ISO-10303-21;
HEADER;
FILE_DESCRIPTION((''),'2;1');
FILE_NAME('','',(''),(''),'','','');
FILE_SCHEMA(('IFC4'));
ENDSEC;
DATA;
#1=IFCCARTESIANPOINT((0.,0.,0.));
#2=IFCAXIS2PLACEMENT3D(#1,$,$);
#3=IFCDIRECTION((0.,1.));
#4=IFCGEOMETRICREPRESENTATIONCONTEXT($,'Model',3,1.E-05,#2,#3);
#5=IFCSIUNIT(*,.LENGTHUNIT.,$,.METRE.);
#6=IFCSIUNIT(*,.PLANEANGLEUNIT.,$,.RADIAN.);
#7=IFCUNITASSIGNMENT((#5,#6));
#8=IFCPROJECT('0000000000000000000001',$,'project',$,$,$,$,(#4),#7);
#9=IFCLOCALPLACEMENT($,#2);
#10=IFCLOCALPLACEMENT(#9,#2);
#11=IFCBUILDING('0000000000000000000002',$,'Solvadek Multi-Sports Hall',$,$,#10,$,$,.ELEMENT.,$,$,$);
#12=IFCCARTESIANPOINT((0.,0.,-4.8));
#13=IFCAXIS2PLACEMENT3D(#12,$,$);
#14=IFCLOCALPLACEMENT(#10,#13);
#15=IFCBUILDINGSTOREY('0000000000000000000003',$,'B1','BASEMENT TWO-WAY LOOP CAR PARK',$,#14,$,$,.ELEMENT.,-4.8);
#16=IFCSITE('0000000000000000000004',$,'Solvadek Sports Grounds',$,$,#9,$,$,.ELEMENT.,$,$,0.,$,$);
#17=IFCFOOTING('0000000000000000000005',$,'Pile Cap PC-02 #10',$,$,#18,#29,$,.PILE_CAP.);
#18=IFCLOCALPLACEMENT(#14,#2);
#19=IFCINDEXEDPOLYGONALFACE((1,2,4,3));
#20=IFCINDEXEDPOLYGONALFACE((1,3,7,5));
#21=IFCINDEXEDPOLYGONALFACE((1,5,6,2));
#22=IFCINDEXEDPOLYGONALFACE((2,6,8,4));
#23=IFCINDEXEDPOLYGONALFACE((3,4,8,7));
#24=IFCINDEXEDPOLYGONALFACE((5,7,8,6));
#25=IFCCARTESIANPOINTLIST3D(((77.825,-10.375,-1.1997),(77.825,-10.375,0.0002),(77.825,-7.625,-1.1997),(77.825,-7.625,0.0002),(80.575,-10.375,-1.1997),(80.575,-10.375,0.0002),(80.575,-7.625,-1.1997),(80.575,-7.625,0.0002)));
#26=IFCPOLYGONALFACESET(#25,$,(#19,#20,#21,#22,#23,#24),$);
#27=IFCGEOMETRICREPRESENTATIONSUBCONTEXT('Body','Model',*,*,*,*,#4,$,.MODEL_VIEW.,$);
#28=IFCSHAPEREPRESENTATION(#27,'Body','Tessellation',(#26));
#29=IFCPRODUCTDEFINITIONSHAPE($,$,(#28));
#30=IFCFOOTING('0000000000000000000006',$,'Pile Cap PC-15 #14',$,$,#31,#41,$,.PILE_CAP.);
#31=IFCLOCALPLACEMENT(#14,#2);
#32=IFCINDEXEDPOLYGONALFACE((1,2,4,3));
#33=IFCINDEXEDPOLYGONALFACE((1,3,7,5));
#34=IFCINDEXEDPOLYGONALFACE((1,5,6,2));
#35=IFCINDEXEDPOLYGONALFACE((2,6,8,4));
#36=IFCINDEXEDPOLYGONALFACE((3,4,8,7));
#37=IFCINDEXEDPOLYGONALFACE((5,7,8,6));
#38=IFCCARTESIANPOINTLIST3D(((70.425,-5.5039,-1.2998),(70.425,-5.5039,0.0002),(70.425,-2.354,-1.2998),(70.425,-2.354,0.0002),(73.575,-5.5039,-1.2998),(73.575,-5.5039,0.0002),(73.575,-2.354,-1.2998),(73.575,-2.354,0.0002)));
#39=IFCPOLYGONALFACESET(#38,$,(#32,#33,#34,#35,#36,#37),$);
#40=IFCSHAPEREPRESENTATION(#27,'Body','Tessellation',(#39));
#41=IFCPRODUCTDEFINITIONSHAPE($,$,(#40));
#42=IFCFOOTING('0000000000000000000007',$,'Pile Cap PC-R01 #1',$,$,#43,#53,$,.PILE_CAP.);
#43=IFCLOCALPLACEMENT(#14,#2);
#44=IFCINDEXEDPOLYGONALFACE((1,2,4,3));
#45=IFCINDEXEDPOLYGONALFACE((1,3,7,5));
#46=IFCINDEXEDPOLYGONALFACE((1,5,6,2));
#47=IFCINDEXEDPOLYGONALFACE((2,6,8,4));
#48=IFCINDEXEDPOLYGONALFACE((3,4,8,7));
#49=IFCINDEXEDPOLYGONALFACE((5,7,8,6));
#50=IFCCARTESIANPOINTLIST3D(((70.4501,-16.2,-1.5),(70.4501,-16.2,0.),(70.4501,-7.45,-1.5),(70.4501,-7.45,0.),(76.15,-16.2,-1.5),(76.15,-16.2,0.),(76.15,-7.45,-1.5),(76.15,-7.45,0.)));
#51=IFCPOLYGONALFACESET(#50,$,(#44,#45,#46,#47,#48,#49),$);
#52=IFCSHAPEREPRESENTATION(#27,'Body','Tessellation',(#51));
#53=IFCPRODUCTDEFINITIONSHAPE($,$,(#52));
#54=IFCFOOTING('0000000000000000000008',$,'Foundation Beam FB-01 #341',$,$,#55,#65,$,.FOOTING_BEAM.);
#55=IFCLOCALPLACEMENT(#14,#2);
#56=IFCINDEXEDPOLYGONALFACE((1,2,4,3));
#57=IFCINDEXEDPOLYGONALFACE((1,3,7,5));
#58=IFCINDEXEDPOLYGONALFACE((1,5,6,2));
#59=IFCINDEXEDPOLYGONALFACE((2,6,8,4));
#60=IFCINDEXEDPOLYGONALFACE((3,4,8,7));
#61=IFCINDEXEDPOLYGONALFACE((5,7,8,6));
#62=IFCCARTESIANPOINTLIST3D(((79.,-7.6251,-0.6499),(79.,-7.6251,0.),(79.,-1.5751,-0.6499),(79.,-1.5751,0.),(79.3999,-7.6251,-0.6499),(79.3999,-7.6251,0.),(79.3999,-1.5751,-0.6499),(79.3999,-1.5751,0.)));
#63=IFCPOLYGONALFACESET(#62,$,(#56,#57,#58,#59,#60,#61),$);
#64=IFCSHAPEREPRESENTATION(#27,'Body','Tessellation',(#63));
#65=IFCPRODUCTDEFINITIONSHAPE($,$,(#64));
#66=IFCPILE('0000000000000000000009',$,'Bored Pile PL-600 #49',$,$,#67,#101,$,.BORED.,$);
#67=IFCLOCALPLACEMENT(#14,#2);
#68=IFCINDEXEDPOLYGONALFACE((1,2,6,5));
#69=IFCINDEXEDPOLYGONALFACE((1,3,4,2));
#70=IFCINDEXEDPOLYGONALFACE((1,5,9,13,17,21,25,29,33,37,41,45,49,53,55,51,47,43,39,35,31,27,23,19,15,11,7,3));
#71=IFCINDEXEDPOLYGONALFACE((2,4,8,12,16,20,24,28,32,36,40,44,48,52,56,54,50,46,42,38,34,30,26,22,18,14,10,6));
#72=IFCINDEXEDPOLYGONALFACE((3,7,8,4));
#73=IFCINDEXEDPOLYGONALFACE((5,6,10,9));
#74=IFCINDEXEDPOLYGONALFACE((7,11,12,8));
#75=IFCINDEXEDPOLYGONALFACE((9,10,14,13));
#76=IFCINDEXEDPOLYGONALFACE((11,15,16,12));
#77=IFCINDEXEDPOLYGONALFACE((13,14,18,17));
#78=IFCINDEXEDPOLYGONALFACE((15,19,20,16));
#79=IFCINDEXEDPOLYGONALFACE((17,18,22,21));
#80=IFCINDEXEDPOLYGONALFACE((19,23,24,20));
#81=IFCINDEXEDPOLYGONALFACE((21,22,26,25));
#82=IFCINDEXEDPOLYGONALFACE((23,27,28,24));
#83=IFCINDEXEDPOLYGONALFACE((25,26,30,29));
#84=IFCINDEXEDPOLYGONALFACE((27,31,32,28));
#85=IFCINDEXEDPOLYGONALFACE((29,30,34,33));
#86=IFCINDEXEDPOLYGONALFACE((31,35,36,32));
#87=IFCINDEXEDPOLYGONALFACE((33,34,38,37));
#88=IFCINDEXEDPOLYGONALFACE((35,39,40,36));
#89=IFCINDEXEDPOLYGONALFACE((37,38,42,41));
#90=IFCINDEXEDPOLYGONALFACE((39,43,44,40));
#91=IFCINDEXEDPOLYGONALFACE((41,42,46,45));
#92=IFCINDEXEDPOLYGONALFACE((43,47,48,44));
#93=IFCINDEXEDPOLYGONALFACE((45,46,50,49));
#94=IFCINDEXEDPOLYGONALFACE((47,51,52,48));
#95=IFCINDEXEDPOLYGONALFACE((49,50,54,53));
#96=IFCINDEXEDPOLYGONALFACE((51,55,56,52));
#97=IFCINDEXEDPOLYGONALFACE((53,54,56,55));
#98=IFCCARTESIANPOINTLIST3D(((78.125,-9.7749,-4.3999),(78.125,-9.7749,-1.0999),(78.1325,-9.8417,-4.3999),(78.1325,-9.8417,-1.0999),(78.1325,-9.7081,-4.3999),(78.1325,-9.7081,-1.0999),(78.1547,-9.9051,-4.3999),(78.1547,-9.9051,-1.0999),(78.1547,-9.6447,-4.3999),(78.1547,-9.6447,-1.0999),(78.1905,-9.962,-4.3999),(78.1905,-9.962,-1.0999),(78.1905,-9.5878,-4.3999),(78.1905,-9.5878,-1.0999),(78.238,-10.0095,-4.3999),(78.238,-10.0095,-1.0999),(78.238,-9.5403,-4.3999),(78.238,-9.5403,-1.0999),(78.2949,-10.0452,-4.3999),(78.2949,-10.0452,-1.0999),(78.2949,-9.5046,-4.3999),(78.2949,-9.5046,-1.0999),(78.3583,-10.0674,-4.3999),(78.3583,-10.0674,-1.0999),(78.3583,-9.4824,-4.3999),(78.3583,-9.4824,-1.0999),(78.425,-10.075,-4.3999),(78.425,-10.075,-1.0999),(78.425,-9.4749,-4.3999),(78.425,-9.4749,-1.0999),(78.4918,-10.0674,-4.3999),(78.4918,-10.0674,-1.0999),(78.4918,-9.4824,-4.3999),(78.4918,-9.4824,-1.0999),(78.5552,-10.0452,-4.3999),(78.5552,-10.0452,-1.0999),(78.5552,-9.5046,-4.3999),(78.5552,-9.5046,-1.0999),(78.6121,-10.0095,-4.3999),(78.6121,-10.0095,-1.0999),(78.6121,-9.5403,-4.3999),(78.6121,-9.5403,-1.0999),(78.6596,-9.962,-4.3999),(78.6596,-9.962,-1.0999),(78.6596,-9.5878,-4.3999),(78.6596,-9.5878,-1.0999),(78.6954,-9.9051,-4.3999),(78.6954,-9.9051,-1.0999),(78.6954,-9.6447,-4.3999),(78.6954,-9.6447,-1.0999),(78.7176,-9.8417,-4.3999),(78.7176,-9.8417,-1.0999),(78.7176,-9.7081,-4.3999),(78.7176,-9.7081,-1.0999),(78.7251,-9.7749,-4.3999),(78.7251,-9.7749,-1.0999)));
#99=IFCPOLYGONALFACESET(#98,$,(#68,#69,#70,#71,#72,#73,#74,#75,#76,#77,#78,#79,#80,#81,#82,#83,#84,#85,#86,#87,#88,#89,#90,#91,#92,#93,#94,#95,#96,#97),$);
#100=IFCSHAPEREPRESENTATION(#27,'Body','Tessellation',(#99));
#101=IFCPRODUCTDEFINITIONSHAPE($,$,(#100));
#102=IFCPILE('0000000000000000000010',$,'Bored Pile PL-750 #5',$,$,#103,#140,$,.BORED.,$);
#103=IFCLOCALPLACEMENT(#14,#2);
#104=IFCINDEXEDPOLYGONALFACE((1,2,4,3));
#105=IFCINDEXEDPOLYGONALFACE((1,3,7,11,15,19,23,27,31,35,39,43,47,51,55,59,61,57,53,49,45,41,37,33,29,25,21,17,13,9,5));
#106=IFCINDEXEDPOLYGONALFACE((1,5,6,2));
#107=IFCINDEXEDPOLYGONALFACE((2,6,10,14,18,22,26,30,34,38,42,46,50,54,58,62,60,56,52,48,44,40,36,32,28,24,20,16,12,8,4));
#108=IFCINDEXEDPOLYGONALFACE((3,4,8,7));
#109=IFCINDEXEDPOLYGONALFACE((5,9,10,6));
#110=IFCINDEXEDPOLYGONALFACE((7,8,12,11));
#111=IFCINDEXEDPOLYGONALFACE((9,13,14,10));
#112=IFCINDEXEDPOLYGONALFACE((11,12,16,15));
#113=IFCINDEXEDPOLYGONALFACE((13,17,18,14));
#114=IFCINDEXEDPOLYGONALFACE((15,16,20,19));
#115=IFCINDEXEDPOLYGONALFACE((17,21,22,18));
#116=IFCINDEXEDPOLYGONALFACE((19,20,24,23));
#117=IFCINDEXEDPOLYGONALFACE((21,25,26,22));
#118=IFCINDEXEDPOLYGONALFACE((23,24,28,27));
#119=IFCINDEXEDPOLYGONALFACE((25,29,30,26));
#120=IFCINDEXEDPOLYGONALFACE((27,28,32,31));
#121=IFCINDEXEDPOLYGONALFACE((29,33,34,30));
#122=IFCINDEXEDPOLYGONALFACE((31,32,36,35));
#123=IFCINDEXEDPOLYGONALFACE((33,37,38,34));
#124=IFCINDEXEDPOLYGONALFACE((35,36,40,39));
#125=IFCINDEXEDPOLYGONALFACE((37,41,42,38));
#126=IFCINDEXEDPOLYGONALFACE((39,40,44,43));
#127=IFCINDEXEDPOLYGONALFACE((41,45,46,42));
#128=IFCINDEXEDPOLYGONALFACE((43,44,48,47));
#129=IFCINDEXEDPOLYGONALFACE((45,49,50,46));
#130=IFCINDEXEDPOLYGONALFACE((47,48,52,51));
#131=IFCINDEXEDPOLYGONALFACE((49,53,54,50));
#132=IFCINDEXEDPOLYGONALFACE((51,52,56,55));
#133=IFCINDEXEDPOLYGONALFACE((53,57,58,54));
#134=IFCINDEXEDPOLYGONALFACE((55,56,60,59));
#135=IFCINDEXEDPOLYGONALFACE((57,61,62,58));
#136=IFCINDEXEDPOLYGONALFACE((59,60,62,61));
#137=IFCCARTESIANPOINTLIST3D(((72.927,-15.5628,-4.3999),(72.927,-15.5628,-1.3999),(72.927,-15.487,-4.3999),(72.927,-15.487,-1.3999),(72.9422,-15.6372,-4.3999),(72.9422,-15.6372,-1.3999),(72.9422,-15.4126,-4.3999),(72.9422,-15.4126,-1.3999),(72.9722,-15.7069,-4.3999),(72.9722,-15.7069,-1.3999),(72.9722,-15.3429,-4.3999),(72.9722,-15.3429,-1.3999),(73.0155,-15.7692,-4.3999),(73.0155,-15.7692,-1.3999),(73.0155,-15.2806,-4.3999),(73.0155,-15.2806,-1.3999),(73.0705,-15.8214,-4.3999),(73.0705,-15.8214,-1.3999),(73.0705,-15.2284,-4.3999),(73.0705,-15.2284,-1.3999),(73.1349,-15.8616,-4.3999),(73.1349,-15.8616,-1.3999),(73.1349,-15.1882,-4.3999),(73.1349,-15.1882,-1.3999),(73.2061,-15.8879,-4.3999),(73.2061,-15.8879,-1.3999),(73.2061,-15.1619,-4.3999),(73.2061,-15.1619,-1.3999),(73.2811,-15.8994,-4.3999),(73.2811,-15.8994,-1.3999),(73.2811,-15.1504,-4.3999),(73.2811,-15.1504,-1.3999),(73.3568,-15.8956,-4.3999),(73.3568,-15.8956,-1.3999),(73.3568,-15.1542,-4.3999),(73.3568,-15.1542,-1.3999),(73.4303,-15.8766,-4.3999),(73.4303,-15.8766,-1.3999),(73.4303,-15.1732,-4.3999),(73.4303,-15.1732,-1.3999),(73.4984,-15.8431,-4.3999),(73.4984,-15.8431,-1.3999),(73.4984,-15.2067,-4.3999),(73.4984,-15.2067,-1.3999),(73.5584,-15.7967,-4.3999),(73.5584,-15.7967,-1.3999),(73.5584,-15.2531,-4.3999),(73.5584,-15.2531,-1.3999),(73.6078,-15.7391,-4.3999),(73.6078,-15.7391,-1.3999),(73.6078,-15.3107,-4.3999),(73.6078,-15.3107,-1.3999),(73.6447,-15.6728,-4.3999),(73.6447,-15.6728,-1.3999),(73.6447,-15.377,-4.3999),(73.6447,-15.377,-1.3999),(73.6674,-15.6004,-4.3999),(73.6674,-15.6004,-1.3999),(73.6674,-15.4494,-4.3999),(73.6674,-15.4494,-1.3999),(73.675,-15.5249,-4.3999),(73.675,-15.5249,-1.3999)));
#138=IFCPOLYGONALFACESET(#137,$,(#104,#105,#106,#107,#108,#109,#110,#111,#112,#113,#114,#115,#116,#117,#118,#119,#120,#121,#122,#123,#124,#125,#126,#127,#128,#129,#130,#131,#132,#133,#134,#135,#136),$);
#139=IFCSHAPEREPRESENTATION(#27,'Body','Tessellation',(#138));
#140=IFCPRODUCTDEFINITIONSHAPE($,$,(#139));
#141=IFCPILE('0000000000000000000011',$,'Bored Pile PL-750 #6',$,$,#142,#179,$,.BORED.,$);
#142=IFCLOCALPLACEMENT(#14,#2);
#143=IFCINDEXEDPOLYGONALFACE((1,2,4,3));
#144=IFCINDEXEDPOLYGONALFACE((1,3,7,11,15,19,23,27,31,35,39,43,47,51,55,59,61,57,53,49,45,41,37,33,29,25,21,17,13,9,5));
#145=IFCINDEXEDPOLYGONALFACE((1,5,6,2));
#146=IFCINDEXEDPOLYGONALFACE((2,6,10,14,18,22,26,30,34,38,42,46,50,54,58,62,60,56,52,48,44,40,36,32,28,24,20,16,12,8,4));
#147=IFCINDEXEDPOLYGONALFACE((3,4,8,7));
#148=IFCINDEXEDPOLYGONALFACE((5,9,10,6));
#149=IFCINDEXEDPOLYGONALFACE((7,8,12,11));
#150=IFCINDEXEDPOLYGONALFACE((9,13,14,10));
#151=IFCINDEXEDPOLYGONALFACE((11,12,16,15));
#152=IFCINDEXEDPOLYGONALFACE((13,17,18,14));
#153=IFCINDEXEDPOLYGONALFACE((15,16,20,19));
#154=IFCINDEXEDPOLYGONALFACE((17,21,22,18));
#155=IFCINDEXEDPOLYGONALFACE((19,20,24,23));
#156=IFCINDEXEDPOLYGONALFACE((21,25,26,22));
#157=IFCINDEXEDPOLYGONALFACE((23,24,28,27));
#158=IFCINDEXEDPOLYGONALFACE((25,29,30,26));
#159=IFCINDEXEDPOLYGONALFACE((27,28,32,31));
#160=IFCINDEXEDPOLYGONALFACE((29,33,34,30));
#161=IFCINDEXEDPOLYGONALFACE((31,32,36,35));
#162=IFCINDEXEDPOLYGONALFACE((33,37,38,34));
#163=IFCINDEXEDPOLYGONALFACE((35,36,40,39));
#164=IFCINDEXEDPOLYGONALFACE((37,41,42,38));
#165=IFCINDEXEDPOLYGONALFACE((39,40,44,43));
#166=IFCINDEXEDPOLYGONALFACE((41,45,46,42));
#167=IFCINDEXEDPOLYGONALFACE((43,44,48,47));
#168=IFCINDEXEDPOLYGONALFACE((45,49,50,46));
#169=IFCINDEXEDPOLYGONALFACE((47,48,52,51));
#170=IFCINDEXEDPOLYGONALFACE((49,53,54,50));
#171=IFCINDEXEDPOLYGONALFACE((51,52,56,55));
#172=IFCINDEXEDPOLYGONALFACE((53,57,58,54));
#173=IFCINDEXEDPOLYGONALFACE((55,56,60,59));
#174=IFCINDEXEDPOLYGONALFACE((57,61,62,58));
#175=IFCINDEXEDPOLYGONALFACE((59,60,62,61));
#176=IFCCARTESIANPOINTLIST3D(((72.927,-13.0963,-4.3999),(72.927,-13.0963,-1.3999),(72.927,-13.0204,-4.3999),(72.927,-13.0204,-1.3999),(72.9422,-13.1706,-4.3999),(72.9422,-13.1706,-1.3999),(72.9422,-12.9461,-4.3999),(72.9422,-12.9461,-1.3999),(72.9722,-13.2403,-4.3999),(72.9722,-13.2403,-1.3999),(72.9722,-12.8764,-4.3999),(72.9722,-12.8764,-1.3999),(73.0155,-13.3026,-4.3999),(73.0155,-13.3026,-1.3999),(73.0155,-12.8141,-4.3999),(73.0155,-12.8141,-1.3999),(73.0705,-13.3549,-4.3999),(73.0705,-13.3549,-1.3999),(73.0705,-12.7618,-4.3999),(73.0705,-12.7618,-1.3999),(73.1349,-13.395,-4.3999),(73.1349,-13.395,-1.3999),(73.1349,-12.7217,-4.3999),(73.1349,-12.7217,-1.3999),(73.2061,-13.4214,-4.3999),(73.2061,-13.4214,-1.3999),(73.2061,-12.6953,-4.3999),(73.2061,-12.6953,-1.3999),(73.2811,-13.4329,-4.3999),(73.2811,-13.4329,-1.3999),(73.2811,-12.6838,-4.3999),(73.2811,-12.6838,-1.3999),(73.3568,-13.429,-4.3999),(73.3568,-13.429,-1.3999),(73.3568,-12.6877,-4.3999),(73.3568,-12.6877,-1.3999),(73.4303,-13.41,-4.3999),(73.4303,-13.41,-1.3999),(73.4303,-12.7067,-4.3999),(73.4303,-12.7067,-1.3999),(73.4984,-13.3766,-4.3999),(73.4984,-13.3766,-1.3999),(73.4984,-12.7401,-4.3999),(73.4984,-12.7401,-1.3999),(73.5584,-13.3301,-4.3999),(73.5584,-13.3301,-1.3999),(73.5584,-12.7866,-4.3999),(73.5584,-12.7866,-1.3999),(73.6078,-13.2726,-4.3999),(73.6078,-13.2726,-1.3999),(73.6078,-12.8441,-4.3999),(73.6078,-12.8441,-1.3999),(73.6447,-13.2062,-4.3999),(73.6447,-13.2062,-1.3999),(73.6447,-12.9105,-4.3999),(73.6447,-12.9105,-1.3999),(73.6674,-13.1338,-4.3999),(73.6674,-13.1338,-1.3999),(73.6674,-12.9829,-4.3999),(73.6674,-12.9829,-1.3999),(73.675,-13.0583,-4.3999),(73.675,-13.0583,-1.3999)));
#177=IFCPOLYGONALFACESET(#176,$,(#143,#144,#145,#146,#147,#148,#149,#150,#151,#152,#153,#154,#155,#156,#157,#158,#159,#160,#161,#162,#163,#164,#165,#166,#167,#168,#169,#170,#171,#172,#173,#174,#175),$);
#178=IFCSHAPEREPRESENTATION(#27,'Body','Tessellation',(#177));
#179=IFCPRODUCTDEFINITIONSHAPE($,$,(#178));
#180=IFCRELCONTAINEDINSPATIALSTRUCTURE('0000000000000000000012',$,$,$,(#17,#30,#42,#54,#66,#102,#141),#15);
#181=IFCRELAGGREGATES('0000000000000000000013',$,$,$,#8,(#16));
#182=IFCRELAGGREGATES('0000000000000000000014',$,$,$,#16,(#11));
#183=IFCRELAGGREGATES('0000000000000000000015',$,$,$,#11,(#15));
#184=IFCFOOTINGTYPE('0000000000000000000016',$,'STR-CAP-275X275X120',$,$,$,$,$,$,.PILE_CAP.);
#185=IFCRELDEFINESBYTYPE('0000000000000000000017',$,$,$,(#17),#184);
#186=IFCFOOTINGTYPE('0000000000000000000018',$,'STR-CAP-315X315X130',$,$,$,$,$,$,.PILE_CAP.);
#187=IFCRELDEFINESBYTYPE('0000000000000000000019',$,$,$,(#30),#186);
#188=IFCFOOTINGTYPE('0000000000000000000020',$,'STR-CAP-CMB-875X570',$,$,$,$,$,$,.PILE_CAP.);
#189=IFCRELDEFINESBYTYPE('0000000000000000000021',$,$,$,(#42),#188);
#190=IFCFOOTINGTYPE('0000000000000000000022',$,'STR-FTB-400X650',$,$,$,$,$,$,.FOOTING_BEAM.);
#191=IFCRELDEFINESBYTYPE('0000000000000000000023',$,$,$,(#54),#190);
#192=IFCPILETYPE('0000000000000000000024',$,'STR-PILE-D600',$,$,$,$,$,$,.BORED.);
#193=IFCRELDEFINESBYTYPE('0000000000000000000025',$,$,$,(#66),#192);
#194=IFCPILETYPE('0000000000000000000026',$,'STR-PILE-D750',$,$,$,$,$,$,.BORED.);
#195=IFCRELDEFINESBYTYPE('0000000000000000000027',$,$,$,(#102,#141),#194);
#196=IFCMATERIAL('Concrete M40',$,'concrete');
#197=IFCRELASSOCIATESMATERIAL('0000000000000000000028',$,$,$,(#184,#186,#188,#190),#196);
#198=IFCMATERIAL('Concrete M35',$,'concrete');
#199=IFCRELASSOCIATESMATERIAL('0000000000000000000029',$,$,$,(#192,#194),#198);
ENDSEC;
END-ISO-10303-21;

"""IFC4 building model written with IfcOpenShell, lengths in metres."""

from ifc_helpers import new_model, si_unit, direction, frame, origin, origin_2d, place, context, subcontext, project, spatial, rectangle, circle, extrude, material, material_profile, profile_set, type_object, element, save


model = new_model("IFC4")

# Units and contexts
model_context = context("Model", 3, precision=1e-05, world=origin(), true_north=direction((0.0, 1.0)))
body_context = subcontext(model_context, "Body", "Model", "MODEL_VIEW")
ifc_project = project(units=[si_unit("LENGTHUNIT", "METRE"), si_unit("PLANEANGLEUNIT", "RADIAN")], contexts=[model_context])

# Site, building, storey
site_placement = place(None, origin())
site = spatial("IfcSite", under=ifc_project, at=site_placement, Name="Solvadek Sports Grounds", CompositionType="ELEMENT", RefElevation=0.0)
building_placement = place(site_placement, origin())
building = spatial("IfcBuilding", under=site, at=building_placement, Name="Solvadek Multi-Sports Hall", CompositionType="ELEMENT")
storey_placement = place(building_placement, frame((0.0, 0.0, -4.8)))
storey = spatial("IfcBuildingStorey", under=building, at=storey_placement, Name="B1", Description="BASEMENT TWO-WAY LOOP CAR PARK", CompositionType="ELEMENT", Elevation=-4.8)

# Footings
ifc_material_1 = material(Name="Concrete M40", Category="concrete")
footing_type_1 = type_object("IfcFootingType", Name="STR-CAP-275X275X120", PredefinedType="PILE_CAP", material=ifc_material_1)
footing_1_placement = place(storey_placement, frame((79.2, -9.0, -1.1997), z_axis=(0.0, 0.0, 1.0), x_axis=(1.0, 0.0, 0.0)))
element("IfcFooting", 1, at=footing_1_placement, inside=storey, type_object=footing_type_1, Name="Pile Cap PC-02 #10", PredefinedType="PILE_CAP", context=body_context, shape_type="SweptSolid", body=[
    extrude(rectangle(XDim=2.75, YDim=2.75, at=origin_2d()), origin(), (0.0, 0.0, 1.0), 1.2),
])
footing_type_2 = type_object("IfcFootingType", Name="STR-CAP-315X315X130", PredefinedType="PILE_CAP", material=ifc_material_1)
footing_2_placement = place(storey_placement, frame((72.0, -3.929, -1.2998), z_axis=(0.0, 0.0, 1.0), x_axis=(1.0, 0.0, 0.0)))
element("IfcFooting", 2, at=footing_2_placement, inside=storey, type_object=footing_type_2, Name="Pile Cap PC-15 #14", PredefinedType="PILE_CAP", context=body_context, shape_type="SweptSolid", body=[
    extrude(rectangle(XDim=3.1499, YDim=3.1499, at=origin_2d()), origin(), (0.0, 0.0, 1.0), 1.3),
])
footing_type_3 = type_object("IfcFootingType", Name="STR-CAP-CMB-875X570", PredefinedType="PILE_CAP", material=ifc_material_1)
footing_3_placement = place(storey_placement, frame((73.3, -11.825, -1.5), z_axis=(0.0, 0.0, 1.0), x_axis=(0.0, 1.0, 0.0)))
element("IfcFooting", 3, at=footing_3_placement, inside=storey, type_object=footing_type_3, Name="Pile Cap PC-R01 #1", PredefinedType="PILE_CAP", context=body_context, shape_type="SweptSolid", body=[
    extrude(rectangle(XDim=8.75, YDim=5.7, at=origin_2d()), origin(), (0.0, 0.0, 1.0), 1.5),
])
footing_type_4 = type_object("IfcFootingType", Name="STR-FTB-400X650", PredefinedType="FOOTING_BEAM", material=ifc_material_1)
footing_4_placement = place(storey_placement, frame((79.2, -4.6001, -0.6499), z_axis=(0.0, 0.0, 1.0), x_axis=(0.0, 1.0, 0.0)))
element("IfcFooting", 4, at=footing_4_placement, inside=storey, type_object=footing_type_4, Name="Foundation Beam FB-01 #341", PredefinedType="FOOTING_BEAM", context=body_context, shape_type="SweptSolid", body=[
    extrude(rectangle(XDim=6.05, YDim=0.3999, at=origin_2d()), origin(), (0.0, 0.0, 1.0), 0.6499),
])

# Piles
ifc_material_2 = material(Name="Concrete M35", Category="concrete")
ifc_material_profile_1 = material_profile(ifc_material_2, circle(Radius=0.3, at=origin_2d()), Name="BORED PILE D600")
ifc_profile_set_1 = profile_set([ifc_material_profile_1], Name="Concrete M35")
pile_type_1 = type_object("IfcPileType", Name="STR-PILE-D600", PredefinedType="BORED", material=ifc_profile_set_1)
pile_placement = place(storey_placement, frame((78.425, -9.7749, -1.0999), z_axis=(0.0, 0.0, -1.0), x_axis=(1.0, 0.0, 0.0)))
element("IfcPile", 5, at=pile_placement, inside=storey, type_object=pile_type_1, Name="Bored Pile PL-600 #49", PredefinedType="BORED", context=body_context, shape_type="SweptSolid", body=[
    extrude(circle(Radius=0.3, at=origin_2d()), origin(), (0.0, 0.0, 1.0), 3.3),
])
ifc_material_profile_2 = material_profile(ifc_material_2, circle(Radius=0.375, at=origin_2d()), Name="BORED PILE D750")
ifc_profile_set_2 = profile_set([ifc_material_profile_2], Name="Concrete M35")
pile_type_2 = type_object("IfcPileType", Name="STR-PILE-D750", PredefinedType="BORED", material=ifc_profile_set_2)
for number, where, z_axis, x_axis, name in (
    (6, (73.3, -15.5249, -1.3999), (0.0, 0.0, -1.0), (1.0, 0.0, 0.0), "Bored Pile PL-750 #5"),
    (7, (73.3, -13.0583, -1.3999), (0.0, 0.0, -1.0), (1.0, 0.0, 0.0), "Bored Pile PL-750 #6"),
):
    element("IfcPile", number, at=place(storey_placement, frame(where, z_axis=z_axis, x_axis=x_axis)), inside=storey, type_object=pile_type_2, Name=name, PredefinedType="BORED", context=body_context, shape_type="SweptSolid", body=[
        extrude(circle(Radius=0.375, at=origin_2d()), origin(), (0.0, 0.0, 1.0), 3.0),
    ])

save(model, "model.ifc")
